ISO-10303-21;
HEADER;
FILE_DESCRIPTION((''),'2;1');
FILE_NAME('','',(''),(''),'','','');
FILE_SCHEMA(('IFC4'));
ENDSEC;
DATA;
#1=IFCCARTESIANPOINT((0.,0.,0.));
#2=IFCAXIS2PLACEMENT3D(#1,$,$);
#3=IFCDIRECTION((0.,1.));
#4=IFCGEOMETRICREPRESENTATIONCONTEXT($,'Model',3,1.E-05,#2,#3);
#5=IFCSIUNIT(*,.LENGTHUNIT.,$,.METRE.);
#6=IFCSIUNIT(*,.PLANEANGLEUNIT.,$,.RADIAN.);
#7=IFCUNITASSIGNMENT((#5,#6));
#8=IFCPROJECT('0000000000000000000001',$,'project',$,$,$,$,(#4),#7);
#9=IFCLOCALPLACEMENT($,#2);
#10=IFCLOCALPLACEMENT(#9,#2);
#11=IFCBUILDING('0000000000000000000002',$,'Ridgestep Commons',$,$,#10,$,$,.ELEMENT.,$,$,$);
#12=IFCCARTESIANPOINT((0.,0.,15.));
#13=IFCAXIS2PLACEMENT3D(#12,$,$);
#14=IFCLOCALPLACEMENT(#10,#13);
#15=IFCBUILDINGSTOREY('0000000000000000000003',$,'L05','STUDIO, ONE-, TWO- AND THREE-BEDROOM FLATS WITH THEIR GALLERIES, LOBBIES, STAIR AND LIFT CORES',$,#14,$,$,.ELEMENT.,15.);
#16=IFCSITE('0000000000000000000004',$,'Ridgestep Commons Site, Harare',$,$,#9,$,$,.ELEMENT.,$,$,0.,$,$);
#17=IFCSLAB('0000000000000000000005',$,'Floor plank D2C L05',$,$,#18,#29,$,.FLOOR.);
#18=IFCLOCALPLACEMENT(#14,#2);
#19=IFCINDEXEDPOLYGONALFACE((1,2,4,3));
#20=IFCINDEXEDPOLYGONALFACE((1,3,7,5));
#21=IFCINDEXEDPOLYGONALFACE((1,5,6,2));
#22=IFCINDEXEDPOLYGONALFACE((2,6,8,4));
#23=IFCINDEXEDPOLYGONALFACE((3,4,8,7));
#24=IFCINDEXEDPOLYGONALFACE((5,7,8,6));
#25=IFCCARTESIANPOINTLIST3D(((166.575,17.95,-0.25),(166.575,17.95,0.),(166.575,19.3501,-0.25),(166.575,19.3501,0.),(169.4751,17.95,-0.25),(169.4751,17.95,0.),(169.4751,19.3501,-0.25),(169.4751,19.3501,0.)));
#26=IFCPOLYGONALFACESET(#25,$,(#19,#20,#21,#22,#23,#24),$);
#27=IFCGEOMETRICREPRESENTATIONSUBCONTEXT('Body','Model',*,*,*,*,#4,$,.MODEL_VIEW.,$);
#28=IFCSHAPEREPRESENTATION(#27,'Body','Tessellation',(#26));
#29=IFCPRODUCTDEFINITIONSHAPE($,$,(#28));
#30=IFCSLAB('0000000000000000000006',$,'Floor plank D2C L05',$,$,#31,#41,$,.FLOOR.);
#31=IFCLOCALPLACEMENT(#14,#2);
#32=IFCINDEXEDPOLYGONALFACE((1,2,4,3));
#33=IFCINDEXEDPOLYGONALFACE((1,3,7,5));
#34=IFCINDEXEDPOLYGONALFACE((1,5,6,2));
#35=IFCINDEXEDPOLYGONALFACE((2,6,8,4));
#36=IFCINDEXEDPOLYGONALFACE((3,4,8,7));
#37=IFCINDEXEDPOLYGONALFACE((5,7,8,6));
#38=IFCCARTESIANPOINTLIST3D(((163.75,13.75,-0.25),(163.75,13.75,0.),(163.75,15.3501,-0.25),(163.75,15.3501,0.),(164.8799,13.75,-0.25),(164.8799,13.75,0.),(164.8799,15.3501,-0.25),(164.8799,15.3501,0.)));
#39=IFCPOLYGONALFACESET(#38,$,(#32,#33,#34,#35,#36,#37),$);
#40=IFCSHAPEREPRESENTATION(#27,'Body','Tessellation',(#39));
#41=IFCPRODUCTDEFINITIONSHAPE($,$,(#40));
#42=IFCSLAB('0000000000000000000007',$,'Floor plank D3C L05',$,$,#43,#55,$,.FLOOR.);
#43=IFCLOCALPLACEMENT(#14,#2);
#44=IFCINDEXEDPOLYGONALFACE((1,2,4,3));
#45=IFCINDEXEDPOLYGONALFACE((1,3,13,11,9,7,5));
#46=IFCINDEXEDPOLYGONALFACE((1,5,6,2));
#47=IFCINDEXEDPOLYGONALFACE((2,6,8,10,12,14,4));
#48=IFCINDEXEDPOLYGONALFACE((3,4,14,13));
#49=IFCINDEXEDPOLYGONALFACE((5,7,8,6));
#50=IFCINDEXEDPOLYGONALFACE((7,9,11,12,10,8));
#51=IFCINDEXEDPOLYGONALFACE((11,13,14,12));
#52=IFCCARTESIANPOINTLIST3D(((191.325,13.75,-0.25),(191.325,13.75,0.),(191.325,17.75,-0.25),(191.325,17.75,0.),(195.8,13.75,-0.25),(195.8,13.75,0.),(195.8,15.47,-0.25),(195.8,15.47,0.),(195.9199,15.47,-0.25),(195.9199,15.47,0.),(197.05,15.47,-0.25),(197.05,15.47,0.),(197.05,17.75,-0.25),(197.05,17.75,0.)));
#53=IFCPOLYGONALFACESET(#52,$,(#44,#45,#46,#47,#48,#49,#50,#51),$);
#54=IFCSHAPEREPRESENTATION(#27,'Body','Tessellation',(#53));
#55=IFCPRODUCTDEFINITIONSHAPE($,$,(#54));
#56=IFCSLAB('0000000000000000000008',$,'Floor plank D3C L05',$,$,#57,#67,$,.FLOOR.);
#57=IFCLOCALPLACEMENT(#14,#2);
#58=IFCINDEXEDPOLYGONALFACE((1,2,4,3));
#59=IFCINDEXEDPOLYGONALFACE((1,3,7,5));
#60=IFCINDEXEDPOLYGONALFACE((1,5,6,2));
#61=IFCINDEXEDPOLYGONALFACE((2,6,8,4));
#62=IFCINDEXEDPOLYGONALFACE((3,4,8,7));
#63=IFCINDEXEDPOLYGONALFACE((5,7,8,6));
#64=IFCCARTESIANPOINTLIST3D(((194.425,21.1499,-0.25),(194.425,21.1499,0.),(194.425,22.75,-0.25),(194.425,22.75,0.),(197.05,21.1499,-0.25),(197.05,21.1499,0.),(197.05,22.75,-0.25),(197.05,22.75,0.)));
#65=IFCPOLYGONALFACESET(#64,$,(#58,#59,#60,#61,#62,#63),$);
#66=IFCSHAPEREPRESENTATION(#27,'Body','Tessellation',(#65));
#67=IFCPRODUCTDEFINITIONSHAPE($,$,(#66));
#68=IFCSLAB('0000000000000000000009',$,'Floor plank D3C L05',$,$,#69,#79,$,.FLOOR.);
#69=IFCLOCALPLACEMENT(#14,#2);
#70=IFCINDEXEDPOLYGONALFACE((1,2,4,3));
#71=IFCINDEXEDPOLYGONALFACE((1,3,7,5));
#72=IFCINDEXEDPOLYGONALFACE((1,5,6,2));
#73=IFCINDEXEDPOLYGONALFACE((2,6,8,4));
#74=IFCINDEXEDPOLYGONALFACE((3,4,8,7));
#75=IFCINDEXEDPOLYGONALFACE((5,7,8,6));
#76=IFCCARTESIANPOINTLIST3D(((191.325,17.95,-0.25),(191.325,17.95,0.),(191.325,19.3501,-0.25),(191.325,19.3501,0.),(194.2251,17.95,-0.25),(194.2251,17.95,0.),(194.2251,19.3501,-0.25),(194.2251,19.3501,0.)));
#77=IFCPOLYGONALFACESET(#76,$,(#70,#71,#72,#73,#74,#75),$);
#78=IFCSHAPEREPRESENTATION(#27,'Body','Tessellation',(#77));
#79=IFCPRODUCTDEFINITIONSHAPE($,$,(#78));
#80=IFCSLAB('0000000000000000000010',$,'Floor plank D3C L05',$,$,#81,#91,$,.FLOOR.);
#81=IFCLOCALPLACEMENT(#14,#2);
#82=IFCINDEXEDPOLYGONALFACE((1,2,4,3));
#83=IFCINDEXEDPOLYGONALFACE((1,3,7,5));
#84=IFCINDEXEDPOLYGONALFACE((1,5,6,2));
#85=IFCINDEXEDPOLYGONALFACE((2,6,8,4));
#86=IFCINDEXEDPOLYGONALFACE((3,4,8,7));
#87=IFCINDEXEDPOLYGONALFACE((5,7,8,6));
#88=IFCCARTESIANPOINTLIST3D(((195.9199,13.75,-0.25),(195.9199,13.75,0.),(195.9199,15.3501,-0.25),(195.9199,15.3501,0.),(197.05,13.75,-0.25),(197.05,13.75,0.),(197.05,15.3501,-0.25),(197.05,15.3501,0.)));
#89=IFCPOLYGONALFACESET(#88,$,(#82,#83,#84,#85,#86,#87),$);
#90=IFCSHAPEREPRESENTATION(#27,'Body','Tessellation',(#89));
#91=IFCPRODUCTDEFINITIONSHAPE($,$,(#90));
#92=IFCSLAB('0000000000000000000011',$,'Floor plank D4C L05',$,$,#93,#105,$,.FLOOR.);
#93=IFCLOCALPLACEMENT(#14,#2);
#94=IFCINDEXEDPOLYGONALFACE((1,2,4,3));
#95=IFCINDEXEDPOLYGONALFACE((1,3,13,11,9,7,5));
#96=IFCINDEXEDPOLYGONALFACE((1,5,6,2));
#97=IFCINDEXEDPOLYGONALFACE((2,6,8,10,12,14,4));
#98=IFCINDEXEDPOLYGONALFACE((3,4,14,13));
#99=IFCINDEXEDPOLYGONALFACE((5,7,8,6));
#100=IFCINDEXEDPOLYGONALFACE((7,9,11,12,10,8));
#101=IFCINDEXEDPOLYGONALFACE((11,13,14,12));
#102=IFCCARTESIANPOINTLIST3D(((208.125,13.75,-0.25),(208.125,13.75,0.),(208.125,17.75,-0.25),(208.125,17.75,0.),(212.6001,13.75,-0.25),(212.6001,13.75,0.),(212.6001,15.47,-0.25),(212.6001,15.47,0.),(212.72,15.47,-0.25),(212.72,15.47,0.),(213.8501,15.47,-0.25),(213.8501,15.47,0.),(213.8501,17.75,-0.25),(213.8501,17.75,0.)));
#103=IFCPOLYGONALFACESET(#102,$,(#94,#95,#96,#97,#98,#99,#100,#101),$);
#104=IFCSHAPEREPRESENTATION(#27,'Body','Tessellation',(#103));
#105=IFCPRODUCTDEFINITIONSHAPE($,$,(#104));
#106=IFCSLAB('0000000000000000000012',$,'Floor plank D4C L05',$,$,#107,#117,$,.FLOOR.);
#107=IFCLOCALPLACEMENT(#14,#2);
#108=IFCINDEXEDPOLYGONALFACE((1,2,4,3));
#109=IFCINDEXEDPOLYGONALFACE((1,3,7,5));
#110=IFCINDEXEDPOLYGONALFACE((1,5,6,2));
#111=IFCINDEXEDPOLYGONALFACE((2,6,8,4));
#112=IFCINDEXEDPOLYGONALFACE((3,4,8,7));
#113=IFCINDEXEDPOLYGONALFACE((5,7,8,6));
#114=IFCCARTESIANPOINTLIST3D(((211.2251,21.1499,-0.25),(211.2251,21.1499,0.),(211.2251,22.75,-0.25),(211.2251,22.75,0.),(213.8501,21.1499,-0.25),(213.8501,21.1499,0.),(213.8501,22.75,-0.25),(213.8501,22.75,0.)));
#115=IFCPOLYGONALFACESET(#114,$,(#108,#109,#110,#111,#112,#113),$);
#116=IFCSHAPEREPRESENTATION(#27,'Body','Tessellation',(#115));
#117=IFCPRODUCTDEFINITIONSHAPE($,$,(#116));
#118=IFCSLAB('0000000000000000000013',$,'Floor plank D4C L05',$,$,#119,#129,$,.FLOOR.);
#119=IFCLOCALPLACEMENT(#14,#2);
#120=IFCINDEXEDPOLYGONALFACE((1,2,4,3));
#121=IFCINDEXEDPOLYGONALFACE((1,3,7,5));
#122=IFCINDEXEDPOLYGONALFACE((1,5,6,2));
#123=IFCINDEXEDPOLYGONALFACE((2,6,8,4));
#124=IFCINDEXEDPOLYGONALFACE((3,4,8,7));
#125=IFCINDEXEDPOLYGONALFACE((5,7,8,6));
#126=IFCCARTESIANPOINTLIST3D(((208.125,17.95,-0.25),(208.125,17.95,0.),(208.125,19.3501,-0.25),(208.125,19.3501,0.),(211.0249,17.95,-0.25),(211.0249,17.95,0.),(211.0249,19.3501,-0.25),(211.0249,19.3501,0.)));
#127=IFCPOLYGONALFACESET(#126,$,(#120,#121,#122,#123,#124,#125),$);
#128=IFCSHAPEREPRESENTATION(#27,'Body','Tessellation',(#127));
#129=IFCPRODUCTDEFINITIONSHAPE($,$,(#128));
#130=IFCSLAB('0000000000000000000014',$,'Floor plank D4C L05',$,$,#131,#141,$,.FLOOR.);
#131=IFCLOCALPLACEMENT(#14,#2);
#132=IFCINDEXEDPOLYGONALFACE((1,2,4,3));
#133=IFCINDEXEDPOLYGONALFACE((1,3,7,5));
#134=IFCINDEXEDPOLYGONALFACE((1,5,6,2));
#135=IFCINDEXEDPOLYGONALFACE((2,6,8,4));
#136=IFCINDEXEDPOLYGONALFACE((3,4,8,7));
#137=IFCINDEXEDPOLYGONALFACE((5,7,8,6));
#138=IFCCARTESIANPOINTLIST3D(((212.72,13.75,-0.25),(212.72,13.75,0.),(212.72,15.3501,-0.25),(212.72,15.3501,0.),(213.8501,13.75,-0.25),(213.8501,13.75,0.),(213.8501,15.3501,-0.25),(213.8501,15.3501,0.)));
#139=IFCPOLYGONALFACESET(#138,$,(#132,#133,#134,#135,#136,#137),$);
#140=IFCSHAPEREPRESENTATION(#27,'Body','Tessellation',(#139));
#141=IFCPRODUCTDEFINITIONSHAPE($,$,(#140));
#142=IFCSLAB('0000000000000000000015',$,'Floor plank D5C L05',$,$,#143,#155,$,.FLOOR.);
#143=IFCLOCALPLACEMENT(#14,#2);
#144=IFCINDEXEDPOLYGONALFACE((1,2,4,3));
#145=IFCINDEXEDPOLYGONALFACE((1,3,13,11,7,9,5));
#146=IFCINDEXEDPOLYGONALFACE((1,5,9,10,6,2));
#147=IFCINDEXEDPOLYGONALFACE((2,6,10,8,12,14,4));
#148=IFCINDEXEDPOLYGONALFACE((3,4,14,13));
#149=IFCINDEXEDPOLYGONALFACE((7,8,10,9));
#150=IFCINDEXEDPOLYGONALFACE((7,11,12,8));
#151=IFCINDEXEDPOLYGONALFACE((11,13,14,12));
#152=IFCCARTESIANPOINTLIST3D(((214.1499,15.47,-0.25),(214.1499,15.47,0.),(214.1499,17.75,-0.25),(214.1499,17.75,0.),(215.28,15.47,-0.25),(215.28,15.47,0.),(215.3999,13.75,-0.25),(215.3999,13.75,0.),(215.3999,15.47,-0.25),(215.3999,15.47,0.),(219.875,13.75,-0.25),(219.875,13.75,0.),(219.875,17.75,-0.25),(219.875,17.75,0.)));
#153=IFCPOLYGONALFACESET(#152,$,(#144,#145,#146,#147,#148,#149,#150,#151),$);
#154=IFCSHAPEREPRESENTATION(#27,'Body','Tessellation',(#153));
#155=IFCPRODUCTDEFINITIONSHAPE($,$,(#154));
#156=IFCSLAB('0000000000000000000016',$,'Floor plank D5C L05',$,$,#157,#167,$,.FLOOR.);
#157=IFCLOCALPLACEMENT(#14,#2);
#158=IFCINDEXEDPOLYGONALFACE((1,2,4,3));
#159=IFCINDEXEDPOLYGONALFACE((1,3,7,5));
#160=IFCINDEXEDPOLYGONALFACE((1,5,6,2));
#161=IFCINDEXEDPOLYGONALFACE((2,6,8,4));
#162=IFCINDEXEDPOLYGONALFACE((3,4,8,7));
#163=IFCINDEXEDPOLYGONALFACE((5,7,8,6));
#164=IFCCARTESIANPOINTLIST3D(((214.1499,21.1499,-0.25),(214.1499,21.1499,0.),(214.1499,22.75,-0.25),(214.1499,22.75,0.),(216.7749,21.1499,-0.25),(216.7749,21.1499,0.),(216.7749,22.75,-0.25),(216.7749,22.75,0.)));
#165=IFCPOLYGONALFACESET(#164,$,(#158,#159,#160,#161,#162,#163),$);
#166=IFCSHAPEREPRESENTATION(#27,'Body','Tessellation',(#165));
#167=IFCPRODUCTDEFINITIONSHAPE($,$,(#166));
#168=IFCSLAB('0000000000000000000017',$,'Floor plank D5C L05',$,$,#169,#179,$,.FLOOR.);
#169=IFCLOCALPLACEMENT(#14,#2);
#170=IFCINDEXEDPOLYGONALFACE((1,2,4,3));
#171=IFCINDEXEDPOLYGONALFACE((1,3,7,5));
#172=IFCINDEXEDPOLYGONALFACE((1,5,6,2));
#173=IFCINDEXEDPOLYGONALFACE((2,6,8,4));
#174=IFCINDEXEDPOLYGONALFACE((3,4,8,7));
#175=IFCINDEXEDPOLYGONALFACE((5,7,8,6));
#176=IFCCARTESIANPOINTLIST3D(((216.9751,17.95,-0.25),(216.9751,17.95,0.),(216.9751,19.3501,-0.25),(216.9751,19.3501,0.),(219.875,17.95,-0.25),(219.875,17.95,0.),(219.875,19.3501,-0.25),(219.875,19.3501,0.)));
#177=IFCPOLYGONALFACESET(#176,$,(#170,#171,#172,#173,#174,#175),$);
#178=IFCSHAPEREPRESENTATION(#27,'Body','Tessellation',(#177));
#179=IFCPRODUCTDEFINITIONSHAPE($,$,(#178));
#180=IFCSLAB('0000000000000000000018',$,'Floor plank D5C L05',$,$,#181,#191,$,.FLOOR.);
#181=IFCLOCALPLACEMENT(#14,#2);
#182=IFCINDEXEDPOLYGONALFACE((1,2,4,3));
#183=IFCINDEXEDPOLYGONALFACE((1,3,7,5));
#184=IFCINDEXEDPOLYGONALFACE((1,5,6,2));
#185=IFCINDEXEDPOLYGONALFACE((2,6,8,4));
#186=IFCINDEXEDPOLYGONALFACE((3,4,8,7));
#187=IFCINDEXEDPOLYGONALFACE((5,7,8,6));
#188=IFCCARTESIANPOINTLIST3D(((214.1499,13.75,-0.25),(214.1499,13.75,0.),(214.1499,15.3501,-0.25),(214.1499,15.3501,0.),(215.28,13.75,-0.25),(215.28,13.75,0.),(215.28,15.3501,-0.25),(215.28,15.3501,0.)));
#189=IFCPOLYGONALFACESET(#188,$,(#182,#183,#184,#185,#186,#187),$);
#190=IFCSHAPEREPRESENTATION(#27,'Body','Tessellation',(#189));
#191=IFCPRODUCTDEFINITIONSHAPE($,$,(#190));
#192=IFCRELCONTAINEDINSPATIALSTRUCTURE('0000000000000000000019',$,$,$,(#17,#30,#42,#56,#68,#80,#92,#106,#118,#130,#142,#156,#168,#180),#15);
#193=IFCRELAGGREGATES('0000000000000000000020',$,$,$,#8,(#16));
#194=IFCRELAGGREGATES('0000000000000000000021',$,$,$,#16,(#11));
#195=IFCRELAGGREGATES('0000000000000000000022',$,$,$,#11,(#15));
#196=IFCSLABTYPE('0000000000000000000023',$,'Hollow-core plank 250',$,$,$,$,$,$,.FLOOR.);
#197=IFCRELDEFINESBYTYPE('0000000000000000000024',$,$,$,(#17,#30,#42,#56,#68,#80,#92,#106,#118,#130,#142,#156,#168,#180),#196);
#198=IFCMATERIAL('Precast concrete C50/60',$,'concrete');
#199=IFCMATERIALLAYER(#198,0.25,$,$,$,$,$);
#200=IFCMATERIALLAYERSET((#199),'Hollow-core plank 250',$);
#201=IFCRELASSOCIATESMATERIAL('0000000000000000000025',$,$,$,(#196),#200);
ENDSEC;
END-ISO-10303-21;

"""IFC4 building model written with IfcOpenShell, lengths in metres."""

from ifc_helpers import new_model, si_unit, direction, frame, origin, place, context, subcontext, project, spatial, polyline, outline, extrude, material, layer, layer_set, type_object, element, save


model = new_model("IFC4")

# Units and contexts
model_context = context("Model", 3, precision=1e-05, world=origin(), true_north=direction((0.0, 1.0)))
body_context = subcontext(model_context, "Body", "Model", "MODEL_VIEW")
ifc_project = project(units=[si_unit("LENGTHUNIT", "METRE"), si_unit("PLANEANGLEUNIT", "RADIAN")], contexts=[model_context])

# Site, building, storey
site_placement = place(None, origin())
site = spatial("IfcSite", under=ifc_project, at=site_placement, Name="Ridgestep Commons Site, Harare", CompositionType="ELEMENT", RefElevation=0.0)
building_placement = place(site_placement, origin())
building = spatial("IfcBuilding", under=site, at=building_placement, Name="Ridgestep Commons", CompositionType="ELEMENT")
storey_placement = place(building_placement, frame((0.0, 0.0, 15.0)))
storey = spatial("IfcBuildingStorey", under=building, at=storey_placement, Name="L05", Description="STUDIO, ONE-, TWO- AND THREE-BEDROOM FLATS WITH THEIR GALLERIES, LOBBIES, STAIR AND LIFT CORES", CompositionType="ELEMENT", Elevation=15.0)

# Slabs
ifc_material = material(Name="Precast concrete C50/60", Category="concrete")
ifc_layer = layer(ifc_material, 0.25)
ifc_layer_set = layer_set([ifc_layer], Name="Hollow-core plank 250")
slab_type = type_object("IfcSlabType", Name="Hollow-core plank 250", PredefinedType="FLOOR", material=ifc_layer_set)
slab_1_placement = place(storey_placement, frame((0.0, 0.0, -0.25)))
element("IfcSlab", 1, at=slab_1_placement, inside=storey, type_object=slab_type, Name="Floor plank D2C L05", PredefinedType="FLOOR", context=body_context, shape_type="SweptSolid", body=[
    extrude(outline(polyline([(169.4751, 17.95), (169.4751, 19.3501), (166.575, 19.3501), (166.575, 17.95), (169.4751, 17.95)])), origin(), (0.0, 0.0, 1.0), 0.25),
])
slab_2_placement = place(storey_placement, frame((0.0, 0.0, -0.25)))
element("IfcSlab", 2, at=slab_2_placement, inside=storey, type_object=slab_type, Name="Floor plank D2C L05", PredefinedType="FLOOR", context=body_context, shape_type="SweptSolid", body=[
    extrude(outline(polyline([(164.8799, 15.3501), (163.75, 15.3501), (163.75, 13.75), (164.8799, 13.75), (164.8799, 15.3501)])), origin(), (0.0, 0.0, 1.0), 0.25),
])
slab_3_placement = place(storey_placement, frame((0.0, 0.0, -0.25)))
element("IfcSlab", 3, at=slab_3_placement, inside=storey, type_object=slab_type, Name="Floor plank D3C L05", PredefinedType="FLOOR", context=body_context, shape_type="SweptSolid", body=[
    extrude(outline(polyline([(195.9199, 15.47), (197.05, 15.47), (197.05, 17.75), (191.325, 17.75), (191.325, 13.75), (195.8, 13.75), (195.8, 15.47), (195.9199, 15.47)])), origin(), (0.0, 0.0, 1.0), 0.25),
])
slab_4_placement = place(storey_placement, frame((0.0, 0.0, -0.25)))
element("IfcSlab", 4, at=slab_4_placement, inside=storey, type_object=slab_type, Name="Floor plank D3C L05", PredefinedType="FLOOR", context=body_context, shape_type="SweptSolid", body=[
    extrude(outline(polyline([(197.05, 21.1499), (197.05, 22.75), (194.425, 22.75), (194.425, 21.1499), (197.05, 21.1499)])), origin(), (0.0, 0.0, 1.0), 0.25),
])
slab_5_placement = place(storey_placement, frame((0.0, 0.0, -0.25)))
element("IfcSlab", 5, at=slab_5_placement, inside=storey, type_object=slab_type, Name="Floor plank D3C L05", PredefinedType="FLOOR", context=body_context, shape_type="SweptSolid", body=[
    extrude(outline(polyline([(194.2251, 17.95), (194.2251, 19.3501), (191.325, 19.3501), (191.325, 17.95), (194.2251, 17.95)])), origin(), (0.0, 0.0, 1.0), 0.25),
])
slab_6_placement = place(storey_placement, frame((0.0, 0.0, -0.25)))
element("IfcSlab", 6, at=slab_6_placement, inside=storey, type_object=slab_type, Name="Floor plank D3C L05", PredefinedType="FLOOR", context=body_context, shape_type="SweptSolid", body=[
    extrude(outline(polyline([(195.9199, 13.75), (197.05, 13.75), (197.05, 15.3501), (195.9199, 15.3501), (195.9199, 13.75)])), origin(), (0.0, 0.0, 1.0), 0.25),
])
slab_7_placement = place(storey_placement, frame((0.0, 0.0, -0.25)))
element("IfcSlab", 7, at=slab_7_placement, inside=storey, type_object=slab_type, Name="Floor plank D4C L05", PredefinedType="FLOOR", context=body_context, shape_type="SweptSolid", body=[
    extrude(outline(polyline([(212.72, 15.47), (213.8501, 15.47), (213.8501, 17.75), (208.125, 17.75), (208.125, 13.75), (212.6001, 13.75), (212.6001, 15.47), (212.72, 15.47)])), origin(), (0.0, 0.0, 1.0), 0.25),
])
slab_8_placement = place(storey_placement, frame((0.0, 0.0, -0.25)))
element("IfcSlab", 8, at=slab_8_placement, inside=storey, type_object=slab_type, Name="Floor plank D4C L05", PredefinedType="FLOOR", context=body_context, shape_type="SweptSolid", body=[
    extrude(outline(polyline([(213.8501, 21.1499), (213.8501, 22.75), (211.2251, 22.75), (211.2251, 21.1499), (213.8501, 21.1499)])), origin(), (0.0, 0.0, 1.0), 0.25),
])
slab_9_placement = place(storey_placement, frame((0.0, 0.0, -0.25)))
element("IfcSlab", 9, at=slab_9_placement, inside=storey, type_object=slab_type, Name="Floor plank D4C L05", PredefinedType="FLOOR", context=body_context, shape_type="SweptSolid", body=[
    extrude(outline(polyline([(211.0249, 17.95), (211.0249, 19.3501), (208.125, 19.3501), (208.125, 17.95), (211.0249, 17.95)])), origin(), (0.0, 0.0, 1.0), 0.25),
])
slab_10_placement = place(storey_placement, frame((0.0, 0.0, -0.25)))
element("IfcSlab", 10, at=slab_10_placement, inside=storey, type_object=slab_type, Name="Floor plank D4C L05", PredefinedType="FLOOR", context=body_context, shape_type="SweptSolid", body=[
    extrude(outline(polyline([(212.72, 13.75), (213.8501, 13.75), (213.8501, 15.3501), (212.72, 15.3501), (212.72, 13.75)])), origin(), (0.0, 0.0, 1.0), 0.25),
])
slab_11_placement = place(storey_placement, frame((0.0, 0.0, -0.25)))
element("IfcSlab", 11, at=slab_11_placement, inside=storey, type_object=slab_type, Name="Floor plank D5C L05", PredefinedType="FLOOR", context=body_context, shape_type="SweptSolid", body=[
    extrude(outline(polyline([(215.3999, 13.75), (219.875, 13.75), (219.875, 17.75), (214.1499, 17.75), (214.1499, 15.47), (215.28, 15.47), (215.3999, 15.47), (215.3999, 13.75)])), origin(), (0.0, 0.0, 1.0), 0.25),
])
slab_12_placement = place(storey_placement, frame((0.0, 0.0, -0.25)))
element("IfcSlab", 12, at=slab_12_placement, inside=storey, type_object=slab_type, Name="Floor plank D5C L05", PredefinedType="FLOOR", context=body_context, shape_type="SweptSolid", body=[
    extrude(outline(polyline([(216.7749, 22.75), (214.1499, 22.75), (214.1499, 21.1499), (216.7749, 21.1499), (216.7749, 22.75)])), origin(), (0.0, 0.0, 1.0), 0.25),
])
slab_13_placement = place(storey_placement, frame((0.0, 0.0, -0.25)))
element("IfcSlab", 13, at=slab_13_placement, inside=storey, type_object=slab_type, Name="Floor plank D5C L05", PredefinedType="FLOOR", context=body_context, shape_type="SweptSolid", body=[
    extrude(outline(polyline([(219.875, 17.95), (219.875, 19.3501), (216.9751, 19.3501), (216.9751, 17.95), (219.875, 17.95)])), origin(), (0.0, 0.0, 1.0), 0.25),
])
slab_14_placement = place(storey_placement, frame((0.0, 0.0, -0.25)))
element("IfcSlab", 14, at=slab_14_placement, inside=storey, type_object=slab_type, Name="Floor plank D5C L05", PredefinedType="FLOOR", context=body_context, shape_type="SweptSolid", body=[
    extrude(outline(polyline([(215.28, 15.3501), (214.1499, 15.3501), (214.1499, 13.75), (215.28, 13.75), (215.28, 15.3501)])), origin(), (0.0, 0.0, 1.0), 0.25),
])

save(model, "model.ifc")
